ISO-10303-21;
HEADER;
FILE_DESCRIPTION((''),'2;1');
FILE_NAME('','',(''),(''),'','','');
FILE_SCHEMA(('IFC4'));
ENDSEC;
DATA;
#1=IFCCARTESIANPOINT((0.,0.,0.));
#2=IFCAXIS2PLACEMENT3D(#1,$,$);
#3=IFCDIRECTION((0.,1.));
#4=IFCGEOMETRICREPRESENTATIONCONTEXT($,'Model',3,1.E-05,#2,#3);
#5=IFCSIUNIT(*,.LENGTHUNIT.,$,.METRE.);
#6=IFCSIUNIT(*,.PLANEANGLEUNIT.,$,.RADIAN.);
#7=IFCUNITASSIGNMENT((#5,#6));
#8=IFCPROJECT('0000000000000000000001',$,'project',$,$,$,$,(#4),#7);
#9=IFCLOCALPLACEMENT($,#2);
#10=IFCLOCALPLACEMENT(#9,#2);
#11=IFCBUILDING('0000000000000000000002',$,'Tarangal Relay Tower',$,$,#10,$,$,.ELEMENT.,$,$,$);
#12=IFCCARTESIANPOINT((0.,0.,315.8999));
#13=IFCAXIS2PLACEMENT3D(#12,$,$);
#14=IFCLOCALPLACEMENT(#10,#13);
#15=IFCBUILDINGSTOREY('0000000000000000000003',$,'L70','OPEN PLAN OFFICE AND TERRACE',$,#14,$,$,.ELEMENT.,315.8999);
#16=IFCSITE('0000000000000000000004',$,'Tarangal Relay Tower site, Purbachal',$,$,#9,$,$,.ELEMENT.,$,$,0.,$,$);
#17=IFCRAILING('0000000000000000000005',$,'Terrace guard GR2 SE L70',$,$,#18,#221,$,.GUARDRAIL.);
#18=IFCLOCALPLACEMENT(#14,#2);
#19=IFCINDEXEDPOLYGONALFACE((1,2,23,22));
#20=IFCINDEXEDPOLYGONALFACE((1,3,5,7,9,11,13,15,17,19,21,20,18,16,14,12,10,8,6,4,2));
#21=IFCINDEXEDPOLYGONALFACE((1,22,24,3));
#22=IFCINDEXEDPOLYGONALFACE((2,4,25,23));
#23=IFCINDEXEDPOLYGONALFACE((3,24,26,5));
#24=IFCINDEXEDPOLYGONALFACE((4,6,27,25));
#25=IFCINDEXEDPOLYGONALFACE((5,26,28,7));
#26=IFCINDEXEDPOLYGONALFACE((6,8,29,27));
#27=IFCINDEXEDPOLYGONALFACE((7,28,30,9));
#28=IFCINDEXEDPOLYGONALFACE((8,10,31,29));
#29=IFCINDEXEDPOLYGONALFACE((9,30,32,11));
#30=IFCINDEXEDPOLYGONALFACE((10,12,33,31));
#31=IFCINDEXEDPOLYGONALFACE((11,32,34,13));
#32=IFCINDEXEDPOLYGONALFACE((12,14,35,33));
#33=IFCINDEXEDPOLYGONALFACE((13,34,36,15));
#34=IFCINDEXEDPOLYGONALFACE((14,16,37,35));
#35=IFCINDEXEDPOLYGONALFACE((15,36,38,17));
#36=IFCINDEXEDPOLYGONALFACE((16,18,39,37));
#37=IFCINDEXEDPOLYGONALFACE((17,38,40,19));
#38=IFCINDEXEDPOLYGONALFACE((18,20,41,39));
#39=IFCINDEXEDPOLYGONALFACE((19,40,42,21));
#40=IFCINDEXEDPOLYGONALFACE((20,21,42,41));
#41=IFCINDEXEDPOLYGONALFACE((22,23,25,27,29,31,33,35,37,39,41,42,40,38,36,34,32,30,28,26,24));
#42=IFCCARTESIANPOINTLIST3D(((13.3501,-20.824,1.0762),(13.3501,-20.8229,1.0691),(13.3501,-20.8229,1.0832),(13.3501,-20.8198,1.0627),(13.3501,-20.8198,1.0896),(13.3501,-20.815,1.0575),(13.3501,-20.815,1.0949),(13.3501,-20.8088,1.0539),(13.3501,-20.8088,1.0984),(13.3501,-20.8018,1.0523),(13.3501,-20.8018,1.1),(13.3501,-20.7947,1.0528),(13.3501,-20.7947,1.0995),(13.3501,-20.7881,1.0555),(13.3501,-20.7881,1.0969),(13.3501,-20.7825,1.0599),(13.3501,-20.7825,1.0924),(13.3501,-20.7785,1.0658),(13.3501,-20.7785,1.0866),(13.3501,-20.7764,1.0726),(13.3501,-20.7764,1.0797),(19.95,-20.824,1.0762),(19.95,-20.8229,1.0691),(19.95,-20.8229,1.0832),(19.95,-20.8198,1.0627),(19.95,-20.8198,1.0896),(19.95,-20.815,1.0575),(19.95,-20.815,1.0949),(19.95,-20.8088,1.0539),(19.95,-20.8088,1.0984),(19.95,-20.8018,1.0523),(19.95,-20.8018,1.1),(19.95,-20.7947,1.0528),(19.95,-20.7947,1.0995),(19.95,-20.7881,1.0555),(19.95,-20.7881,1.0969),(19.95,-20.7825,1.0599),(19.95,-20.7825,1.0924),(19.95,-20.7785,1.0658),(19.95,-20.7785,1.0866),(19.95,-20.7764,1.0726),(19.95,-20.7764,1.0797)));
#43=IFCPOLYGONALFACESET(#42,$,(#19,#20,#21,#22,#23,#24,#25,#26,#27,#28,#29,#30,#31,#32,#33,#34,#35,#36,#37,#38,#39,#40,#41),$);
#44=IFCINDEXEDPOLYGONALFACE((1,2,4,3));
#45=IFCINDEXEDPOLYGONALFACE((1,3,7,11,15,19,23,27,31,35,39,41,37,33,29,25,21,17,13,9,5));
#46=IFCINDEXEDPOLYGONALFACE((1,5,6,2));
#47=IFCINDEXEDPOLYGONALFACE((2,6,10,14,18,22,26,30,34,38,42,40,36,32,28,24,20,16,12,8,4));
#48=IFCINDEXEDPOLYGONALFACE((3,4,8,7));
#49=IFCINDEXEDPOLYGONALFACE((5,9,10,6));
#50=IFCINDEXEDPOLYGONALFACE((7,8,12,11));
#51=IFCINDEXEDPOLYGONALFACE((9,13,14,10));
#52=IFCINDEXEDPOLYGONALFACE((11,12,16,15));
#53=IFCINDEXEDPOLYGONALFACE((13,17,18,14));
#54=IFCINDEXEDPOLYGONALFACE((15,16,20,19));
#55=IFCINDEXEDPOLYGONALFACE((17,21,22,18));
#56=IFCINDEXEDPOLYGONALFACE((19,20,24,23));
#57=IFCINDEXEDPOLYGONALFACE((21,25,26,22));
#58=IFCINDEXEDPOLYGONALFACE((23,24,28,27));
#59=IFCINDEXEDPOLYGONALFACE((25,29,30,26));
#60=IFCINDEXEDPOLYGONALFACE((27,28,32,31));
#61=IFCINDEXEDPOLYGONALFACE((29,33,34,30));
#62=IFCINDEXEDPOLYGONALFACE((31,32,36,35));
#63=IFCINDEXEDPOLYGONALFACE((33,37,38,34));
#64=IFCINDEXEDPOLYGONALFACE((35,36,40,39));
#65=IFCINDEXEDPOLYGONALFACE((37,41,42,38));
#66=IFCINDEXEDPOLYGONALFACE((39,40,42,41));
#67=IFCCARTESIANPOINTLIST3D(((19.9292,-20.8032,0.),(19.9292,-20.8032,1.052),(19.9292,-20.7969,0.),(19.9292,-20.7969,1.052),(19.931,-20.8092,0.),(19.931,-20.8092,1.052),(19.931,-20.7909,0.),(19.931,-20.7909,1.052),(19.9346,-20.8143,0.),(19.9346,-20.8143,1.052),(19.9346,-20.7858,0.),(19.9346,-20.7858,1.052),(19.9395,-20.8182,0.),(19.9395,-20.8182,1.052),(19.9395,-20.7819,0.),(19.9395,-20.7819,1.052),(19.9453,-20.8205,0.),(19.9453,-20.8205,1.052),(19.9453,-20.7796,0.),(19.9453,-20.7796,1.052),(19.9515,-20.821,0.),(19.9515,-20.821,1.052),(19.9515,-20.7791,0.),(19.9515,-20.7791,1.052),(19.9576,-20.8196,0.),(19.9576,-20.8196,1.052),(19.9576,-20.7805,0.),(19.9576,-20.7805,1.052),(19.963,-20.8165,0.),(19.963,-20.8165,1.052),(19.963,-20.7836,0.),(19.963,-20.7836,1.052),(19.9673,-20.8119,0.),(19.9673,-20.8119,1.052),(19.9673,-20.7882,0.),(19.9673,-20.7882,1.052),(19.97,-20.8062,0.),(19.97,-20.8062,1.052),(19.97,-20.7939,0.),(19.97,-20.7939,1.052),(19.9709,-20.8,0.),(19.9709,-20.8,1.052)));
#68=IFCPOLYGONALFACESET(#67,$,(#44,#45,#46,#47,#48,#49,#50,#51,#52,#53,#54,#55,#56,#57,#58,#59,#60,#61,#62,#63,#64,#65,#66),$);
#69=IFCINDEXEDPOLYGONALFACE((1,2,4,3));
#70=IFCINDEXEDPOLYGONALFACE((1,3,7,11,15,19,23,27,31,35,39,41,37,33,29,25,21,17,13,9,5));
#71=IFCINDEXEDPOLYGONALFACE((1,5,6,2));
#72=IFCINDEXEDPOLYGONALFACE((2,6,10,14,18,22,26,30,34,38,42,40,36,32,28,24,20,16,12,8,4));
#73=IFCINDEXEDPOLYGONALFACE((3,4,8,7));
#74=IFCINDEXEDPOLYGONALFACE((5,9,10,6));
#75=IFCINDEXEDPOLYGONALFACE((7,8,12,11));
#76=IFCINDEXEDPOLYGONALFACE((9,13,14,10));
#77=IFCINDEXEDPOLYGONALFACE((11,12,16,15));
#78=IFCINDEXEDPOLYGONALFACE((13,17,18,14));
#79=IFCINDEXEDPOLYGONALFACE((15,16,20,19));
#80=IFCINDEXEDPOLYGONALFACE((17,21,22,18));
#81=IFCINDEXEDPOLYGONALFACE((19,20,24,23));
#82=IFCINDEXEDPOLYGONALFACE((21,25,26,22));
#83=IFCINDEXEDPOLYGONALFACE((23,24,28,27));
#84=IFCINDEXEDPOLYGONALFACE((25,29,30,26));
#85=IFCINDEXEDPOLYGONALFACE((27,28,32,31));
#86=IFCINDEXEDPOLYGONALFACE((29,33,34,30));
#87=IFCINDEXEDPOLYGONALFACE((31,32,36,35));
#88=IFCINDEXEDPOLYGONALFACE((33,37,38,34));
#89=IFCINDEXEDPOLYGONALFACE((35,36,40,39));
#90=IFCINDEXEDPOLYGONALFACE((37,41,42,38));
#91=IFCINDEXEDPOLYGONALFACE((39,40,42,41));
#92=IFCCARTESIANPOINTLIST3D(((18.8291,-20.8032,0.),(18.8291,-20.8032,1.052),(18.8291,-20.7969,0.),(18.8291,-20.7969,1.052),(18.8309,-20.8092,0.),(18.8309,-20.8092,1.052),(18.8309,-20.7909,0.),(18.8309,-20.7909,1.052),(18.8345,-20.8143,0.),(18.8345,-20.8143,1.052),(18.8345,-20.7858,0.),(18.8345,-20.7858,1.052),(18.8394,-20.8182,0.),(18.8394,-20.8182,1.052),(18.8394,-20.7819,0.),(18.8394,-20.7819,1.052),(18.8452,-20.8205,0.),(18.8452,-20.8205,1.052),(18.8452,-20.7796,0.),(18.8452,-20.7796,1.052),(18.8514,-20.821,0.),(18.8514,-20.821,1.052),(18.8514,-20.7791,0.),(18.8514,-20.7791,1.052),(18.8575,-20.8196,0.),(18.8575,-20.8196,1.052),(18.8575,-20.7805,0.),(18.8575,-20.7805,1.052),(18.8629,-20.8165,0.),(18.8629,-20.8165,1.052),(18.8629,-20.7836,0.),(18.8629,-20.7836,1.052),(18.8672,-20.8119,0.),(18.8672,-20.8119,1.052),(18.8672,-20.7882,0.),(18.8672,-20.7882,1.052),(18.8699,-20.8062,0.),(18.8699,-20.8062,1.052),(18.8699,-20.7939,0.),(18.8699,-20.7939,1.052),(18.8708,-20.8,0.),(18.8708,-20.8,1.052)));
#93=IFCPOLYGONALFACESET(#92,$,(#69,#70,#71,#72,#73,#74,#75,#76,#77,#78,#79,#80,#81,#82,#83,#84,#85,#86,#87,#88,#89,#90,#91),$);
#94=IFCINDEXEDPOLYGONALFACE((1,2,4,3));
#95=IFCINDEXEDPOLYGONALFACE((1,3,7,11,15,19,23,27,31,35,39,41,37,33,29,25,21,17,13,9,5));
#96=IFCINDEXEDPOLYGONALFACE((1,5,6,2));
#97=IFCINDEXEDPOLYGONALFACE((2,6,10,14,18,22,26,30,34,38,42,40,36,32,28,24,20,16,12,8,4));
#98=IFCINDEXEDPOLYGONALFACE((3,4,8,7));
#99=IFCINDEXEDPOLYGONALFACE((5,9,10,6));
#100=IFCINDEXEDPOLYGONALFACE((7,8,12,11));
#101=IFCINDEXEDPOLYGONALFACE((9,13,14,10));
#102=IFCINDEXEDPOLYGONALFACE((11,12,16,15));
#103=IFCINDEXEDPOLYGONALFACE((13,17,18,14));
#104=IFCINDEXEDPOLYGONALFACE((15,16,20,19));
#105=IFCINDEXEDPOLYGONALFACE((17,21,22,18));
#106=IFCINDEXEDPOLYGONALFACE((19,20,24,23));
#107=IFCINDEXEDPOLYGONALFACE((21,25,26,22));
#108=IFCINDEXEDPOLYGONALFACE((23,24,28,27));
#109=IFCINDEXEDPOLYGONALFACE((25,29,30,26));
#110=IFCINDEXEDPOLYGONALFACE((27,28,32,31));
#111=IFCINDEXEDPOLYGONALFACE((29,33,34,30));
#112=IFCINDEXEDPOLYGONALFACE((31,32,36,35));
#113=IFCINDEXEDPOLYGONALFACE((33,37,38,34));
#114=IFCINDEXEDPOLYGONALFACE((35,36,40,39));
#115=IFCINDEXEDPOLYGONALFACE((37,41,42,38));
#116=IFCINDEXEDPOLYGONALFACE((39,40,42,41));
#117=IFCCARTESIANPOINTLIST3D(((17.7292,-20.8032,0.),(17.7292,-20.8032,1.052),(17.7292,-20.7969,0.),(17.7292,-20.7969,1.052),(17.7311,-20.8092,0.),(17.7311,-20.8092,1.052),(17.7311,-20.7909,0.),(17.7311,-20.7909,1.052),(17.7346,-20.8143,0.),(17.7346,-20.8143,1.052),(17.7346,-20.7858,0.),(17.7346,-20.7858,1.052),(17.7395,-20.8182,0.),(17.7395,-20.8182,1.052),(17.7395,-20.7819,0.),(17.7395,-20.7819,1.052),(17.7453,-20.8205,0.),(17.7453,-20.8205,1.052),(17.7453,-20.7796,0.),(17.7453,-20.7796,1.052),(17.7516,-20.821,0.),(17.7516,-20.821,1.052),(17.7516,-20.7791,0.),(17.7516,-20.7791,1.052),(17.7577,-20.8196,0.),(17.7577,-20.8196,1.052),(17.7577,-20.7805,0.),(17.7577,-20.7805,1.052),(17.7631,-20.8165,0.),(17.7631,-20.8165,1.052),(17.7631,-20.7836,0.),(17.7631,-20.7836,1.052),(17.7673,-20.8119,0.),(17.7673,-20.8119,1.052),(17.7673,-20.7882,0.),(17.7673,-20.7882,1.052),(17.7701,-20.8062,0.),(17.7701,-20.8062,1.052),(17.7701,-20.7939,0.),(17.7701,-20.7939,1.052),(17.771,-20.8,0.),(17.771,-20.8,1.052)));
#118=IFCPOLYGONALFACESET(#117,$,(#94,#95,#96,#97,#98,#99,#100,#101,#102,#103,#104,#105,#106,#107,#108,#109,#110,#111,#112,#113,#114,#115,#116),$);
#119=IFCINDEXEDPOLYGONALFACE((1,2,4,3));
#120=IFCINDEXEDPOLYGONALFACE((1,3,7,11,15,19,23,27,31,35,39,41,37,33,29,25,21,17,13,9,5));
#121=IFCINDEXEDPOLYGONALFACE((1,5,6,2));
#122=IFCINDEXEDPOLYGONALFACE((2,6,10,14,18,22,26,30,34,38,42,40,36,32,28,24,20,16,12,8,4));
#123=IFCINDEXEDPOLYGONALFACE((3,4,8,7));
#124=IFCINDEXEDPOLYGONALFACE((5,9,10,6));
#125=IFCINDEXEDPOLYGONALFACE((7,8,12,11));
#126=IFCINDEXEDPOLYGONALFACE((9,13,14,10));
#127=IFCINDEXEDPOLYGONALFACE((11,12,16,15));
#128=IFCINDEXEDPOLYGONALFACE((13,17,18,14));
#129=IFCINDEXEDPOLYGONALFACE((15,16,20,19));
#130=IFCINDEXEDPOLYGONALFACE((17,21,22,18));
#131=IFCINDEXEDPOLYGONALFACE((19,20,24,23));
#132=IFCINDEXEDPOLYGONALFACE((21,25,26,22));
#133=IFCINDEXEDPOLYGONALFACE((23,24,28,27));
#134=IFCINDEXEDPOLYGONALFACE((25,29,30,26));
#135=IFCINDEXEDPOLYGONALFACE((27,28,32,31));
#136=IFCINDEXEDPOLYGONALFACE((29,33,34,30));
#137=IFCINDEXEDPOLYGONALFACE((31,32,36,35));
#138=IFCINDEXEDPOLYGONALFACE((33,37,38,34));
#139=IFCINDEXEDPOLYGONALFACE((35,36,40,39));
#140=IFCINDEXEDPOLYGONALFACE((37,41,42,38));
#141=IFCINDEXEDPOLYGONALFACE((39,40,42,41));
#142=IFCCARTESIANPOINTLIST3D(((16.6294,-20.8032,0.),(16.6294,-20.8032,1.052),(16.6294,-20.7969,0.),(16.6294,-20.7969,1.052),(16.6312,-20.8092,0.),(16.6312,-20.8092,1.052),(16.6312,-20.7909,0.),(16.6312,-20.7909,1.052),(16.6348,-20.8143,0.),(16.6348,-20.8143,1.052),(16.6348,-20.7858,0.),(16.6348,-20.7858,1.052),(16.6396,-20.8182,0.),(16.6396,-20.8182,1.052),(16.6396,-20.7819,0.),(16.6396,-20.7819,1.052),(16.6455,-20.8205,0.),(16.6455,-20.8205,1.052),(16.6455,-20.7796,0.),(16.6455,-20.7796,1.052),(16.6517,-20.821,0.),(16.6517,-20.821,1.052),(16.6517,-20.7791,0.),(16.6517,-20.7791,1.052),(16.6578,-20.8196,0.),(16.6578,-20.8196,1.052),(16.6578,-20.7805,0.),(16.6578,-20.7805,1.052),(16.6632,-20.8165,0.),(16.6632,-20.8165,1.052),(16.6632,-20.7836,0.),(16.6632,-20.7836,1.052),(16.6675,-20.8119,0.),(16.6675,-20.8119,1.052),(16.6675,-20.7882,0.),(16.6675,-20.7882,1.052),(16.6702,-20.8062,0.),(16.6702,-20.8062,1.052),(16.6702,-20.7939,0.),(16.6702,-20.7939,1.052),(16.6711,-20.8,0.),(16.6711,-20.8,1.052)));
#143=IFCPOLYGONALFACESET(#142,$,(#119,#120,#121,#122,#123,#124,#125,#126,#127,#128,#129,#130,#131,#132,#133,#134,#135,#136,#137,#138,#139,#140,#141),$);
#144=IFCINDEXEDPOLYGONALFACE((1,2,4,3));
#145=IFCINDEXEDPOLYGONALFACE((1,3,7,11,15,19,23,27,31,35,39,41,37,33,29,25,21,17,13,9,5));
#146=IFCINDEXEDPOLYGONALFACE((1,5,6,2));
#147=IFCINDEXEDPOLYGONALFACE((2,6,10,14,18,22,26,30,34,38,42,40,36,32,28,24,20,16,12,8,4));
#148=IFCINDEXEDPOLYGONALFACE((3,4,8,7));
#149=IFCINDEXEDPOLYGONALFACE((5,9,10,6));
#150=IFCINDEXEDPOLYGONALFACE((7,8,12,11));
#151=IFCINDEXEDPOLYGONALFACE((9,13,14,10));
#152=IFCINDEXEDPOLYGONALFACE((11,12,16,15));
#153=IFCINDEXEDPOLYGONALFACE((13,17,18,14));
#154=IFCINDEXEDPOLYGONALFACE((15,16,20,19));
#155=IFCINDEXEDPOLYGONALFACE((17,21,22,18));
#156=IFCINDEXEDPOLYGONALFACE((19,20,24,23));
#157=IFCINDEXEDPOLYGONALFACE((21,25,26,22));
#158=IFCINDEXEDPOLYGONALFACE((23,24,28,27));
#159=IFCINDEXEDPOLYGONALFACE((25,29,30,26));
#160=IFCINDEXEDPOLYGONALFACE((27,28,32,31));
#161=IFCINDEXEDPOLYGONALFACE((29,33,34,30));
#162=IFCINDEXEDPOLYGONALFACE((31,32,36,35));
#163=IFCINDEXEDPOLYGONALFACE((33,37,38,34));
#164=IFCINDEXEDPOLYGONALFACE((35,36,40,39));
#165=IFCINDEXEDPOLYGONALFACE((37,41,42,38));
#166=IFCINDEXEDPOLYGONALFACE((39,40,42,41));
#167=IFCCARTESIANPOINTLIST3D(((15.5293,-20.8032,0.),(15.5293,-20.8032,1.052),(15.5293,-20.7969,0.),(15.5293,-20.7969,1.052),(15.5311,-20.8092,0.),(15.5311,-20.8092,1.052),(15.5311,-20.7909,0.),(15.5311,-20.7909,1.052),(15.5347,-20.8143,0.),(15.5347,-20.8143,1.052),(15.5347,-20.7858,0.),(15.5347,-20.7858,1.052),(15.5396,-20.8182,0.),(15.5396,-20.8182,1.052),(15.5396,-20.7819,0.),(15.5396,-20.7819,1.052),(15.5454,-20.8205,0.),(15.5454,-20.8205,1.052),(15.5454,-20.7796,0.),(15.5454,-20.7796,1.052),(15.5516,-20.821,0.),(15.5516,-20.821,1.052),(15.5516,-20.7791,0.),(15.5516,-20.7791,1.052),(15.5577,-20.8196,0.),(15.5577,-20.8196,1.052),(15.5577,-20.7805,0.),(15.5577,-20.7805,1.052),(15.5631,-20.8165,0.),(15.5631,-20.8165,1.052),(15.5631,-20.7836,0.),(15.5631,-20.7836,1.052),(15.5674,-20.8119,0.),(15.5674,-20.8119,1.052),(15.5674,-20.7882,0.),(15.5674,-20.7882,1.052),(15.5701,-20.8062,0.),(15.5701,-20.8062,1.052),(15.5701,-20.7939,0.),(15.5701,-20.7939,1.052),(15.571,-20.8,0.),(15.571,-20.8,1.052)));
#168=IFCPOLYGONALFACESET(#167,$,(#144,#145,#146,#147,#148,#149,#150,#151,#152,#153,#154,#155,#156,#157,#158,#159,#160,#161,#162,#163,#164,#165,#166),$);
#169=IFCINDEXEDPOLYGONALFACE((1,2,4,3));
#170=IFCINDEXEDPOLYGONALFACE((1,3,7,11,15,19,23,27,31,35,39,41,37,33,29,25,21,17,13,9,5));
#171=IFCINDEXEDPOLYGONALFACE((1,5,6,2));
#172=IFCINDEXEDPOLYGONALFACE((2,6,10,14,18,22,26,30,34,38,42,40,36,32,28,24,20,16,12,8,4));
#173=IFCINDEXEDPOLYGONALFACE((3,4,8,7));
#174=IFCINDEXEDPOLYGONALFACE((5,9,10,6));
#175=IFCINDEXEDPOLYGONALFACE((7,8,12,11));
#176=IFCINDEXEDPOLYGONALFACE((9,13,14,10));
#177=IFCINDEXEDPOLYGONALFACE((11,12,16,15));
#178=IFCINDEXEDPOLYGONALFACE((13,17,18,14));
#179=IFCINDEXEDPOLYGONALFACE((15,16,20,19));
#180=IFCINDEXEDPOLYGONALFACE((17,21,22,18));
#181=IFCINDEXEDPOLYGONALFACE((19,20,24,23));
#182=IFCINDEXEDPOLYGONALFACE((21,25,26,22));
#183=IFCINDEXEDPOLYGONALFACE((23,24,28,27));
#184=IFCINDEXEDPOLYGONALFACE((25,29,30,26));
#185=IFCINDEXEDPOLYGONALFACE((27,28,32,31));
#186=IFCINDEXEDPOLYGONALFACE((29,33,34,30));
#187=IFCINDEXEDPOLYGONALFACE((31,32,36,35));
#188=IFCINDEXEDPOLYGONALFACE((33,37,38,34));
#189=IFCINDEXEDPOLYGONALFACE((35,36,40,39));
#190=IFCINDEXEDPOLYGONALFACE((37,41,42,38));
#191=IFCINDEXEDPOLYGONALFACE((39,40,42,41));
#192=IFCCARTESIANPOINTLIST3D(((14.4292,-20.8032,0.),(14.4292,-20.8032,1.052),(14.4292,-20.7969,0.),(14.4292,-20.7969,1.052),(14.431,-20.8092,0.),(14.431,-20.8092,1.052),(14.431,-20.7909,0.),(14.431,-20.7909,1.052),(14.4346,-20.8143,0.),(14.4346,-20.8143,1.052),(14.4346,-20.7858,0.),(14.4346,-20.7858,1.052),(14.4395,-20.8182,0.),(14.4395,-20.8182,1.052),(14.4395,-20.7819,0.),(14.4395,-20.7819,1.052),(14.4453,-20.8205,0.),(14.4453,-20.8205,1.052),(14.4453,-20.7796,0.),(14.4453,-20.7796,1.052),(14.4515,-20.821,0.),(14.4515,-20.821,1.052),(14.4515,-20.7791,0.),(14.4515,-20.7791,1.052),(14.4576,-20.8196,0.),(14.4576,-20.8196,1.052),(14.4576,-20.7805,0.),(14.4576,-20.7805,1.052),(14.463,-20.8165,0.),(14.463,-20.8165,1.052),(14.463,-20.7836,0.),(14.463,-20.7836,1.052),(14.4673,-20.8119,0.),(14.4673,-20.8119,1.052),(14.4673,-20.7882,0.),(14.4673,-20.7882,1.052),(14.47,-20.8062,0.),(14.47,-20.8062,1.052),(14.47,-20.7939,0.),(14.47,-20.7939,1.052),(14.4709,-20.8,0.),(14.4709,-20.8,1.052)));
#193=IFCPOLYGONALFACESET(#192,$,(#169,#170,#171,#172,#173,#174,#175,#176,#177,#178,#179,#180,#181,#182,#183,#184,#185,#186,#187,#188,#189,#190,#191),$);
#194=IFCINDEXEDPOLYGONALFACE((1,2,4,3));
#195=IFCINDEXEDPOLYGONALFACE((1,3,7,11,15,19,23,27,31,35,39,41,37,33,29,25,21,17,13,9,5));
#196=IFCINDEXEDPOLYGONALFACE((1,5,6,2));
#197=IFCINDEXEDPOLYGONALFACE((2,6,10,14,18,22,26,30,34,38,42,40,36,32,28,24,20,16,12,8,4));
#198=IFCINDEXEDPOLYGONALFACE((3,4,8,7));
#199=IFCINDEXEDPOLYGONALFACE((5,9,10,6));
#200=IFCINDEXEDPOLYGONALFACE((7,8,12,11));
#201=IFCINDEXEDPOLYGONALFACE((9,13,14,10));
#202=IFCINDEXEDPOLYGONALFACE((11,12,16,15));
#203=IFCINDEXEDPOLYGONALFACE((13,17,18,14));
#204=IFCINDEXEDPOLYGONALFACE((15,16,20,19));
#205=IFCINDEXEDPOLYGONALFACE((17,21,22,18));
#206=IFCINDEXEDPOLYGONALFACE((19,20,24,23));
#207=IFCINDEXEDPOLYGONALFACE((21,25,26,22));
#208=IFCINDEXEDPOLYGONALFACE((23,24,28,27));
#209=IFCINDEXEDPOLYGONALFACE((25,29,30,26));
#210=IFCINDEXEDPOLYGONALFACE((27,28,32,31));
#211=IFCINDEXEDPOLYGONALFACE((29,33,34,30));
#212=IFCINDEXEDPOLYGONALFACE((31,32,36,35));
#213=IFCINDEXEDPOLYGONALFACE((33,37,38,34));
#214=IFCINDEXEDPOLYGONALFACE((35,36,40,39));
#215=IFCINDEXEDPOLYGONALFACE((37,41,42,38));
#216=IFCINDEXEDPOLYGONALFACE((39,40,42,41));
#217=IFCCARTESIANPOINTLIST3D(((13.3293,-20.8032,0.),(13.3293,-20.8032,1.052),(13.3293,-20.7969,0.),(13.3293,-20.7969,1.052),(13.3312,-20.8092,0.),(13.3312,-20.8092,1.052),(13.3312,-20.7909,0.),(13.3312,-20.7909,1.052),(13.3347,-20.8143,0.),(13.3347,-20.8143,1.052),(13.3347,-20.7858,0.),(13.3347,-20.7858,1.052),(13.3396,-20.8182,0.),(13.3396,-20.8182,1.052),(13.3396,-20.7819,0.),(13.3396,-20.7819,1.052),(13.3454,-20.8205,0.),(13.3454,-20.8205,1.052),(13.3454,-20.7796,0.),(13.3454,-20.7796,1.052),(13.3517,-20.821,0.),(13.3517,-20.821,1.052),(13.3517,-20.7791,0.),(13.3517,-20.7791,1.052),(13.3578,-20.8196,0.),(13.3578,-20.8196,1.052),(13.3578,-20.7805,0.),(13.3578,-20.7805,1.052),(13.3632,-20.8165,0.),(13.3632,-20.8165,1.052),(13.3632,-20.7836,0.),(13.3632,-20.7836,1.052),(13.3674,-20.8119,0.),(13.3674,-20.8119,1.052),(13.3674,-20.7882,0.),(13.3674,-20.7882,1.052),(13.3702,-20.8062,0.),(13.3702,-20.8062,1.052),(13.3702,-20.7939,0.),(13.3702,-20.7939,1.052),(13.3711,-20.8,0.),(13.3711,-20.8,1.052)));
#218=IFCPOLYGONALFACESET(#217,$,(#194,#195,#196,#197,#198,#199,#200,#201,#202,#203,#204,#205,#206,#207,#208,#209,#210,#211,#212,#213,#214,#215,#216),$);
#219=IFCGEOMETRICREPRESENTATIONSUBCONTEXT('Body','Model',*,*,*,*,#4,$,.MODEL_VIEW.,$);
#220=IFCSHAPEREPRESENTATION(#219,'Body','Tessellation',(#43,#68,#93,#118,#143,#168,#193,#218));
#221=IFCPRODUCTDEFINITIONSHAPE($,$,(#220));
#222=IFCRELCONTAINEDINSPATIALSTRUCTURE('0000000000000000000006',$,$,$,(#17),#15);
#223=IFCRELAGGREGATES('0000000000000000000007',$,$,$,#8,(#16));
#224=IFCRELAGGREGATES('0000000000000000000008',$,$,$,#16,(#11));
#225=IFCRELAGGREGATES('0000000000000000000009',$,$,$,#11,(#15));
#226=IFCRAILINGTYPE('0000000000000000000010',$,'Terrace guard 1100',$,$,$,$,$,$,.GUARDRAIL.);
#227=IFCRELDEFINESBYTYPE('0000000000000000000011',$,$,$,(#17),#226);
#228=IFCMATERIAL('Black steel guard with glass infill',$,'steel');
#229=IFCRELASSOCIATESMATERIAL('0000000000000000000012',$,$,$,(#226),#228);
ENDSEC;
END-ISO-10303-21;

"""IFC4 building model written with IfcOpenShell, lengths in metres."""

from ifc_helpers import new_model, si_unit, direction, frame, origin, origin_2d, place, context, subcontext, project, spatial, circle, extrude, material, type_object, element, save


model = new_model("IFC4")

# Units and contexts
model_context = context("Model", 3, precision=1e-05, world=origin(), true_north=direction((0.0, 1.0)))
body_context = subcontext(model_context, "Body", "Model", "MODEL_VIEW")
ifc_project = project(units=[si_unit("LENGTHUNIT", "METRE"), si_unit("PLANEANGLEUNIT", "RADIAN")], contexts=[model_context])

# Site, building, storey
site_placement = place(None, origin())
site = spatial("IfcSite", under=ifc_project, at=site_placement, Name="Tarangal Relay Tower site, Purbachal", CompositionType="ELEMENT", RefElevation=0.0)
building_placement = place(site_placement, origin())
building = spatial("IfcBuilding", under=site, at=building_placement, Name="Tarangal Relay Tower", CompositionType="ELEMENT")
storey_placement = place(building_placement, frame((0.0, 0.0, 315.8999)))
storey = spatial("IfcBuildingStorey", under=building, at=storey_placement, Name="L70", Description="OPEN PLAN OFFICE AND TERRACE", CompositionType="ELEMENT", Elevation=315.8999)

# Railing
ifc_material_1 = material(Name="Black steel guard with glass infill", Category="steel")
railing_type = type_object("IfcRailingType", Name="Terrace guard 1100", PredefinedType="GUARDRAIL", material=ifc_material_1)
railing_1_placement = place(storey_placement, frame((19.95, -20.8, 0.0)))
element("IfcRailing", 1, at=railing_1_placement, inside=storey, type_object=railing_type, Name="Terrace guard GR2 SE L70", PredefinedType="GUARDRAIL", context=body_context, shape_type="SweptSolid", body=[
    extrude(circle(Radius=0.0239, at=origin_2d()), frame((0.0, 0.0, 1.0762), z_axis=(-1.0, 0.0, 0.0), x_axis=(0.0, -1.0, 0.0)), (0.0, 0.0, 1.0), 6.5999),
    extrude(circle(Radius=0.021, at=origin_2d()), origin(), (0.0, 0.0, 1.0), 1.052),
    extrude(circle(Radius=0.021, at=origin_2d()), frame((-1.1001, 0.0, 0.0)), (0.0, 0.0, 1.0), 1.052),
    extrude(circle(Radius=0.021, at=origin_2d()), frame((-2.2, 0.0, 0.0)), (0.0, 0.0, 1.0), 1.052),
    extrude(circle(Radius=0.021, at=origin_2d()), frame((-3.2998, 0.0, 0.0)), (0.0, 0.0, 1.0), 1.052),
    extrude(circle(Radius=0.021, at=origin_2d()), frame((-4.3999, 0.0, 0.0)), (0.0, 0.0, 1.0), 1.052),
    extrude(circle(Radius=0.021, at=origin_2d()), frame((-5.5, 0.0, 0.0)), (0.0, 0.0, 1.0), 1.052),
    extrude(circle(Radius=0.021, at=origin_2d()), frame((-6.5999, 0.0, 0.0)), (0.0, 0.0, 1.0), 1.052),
])

save(model, "model.ifc")
